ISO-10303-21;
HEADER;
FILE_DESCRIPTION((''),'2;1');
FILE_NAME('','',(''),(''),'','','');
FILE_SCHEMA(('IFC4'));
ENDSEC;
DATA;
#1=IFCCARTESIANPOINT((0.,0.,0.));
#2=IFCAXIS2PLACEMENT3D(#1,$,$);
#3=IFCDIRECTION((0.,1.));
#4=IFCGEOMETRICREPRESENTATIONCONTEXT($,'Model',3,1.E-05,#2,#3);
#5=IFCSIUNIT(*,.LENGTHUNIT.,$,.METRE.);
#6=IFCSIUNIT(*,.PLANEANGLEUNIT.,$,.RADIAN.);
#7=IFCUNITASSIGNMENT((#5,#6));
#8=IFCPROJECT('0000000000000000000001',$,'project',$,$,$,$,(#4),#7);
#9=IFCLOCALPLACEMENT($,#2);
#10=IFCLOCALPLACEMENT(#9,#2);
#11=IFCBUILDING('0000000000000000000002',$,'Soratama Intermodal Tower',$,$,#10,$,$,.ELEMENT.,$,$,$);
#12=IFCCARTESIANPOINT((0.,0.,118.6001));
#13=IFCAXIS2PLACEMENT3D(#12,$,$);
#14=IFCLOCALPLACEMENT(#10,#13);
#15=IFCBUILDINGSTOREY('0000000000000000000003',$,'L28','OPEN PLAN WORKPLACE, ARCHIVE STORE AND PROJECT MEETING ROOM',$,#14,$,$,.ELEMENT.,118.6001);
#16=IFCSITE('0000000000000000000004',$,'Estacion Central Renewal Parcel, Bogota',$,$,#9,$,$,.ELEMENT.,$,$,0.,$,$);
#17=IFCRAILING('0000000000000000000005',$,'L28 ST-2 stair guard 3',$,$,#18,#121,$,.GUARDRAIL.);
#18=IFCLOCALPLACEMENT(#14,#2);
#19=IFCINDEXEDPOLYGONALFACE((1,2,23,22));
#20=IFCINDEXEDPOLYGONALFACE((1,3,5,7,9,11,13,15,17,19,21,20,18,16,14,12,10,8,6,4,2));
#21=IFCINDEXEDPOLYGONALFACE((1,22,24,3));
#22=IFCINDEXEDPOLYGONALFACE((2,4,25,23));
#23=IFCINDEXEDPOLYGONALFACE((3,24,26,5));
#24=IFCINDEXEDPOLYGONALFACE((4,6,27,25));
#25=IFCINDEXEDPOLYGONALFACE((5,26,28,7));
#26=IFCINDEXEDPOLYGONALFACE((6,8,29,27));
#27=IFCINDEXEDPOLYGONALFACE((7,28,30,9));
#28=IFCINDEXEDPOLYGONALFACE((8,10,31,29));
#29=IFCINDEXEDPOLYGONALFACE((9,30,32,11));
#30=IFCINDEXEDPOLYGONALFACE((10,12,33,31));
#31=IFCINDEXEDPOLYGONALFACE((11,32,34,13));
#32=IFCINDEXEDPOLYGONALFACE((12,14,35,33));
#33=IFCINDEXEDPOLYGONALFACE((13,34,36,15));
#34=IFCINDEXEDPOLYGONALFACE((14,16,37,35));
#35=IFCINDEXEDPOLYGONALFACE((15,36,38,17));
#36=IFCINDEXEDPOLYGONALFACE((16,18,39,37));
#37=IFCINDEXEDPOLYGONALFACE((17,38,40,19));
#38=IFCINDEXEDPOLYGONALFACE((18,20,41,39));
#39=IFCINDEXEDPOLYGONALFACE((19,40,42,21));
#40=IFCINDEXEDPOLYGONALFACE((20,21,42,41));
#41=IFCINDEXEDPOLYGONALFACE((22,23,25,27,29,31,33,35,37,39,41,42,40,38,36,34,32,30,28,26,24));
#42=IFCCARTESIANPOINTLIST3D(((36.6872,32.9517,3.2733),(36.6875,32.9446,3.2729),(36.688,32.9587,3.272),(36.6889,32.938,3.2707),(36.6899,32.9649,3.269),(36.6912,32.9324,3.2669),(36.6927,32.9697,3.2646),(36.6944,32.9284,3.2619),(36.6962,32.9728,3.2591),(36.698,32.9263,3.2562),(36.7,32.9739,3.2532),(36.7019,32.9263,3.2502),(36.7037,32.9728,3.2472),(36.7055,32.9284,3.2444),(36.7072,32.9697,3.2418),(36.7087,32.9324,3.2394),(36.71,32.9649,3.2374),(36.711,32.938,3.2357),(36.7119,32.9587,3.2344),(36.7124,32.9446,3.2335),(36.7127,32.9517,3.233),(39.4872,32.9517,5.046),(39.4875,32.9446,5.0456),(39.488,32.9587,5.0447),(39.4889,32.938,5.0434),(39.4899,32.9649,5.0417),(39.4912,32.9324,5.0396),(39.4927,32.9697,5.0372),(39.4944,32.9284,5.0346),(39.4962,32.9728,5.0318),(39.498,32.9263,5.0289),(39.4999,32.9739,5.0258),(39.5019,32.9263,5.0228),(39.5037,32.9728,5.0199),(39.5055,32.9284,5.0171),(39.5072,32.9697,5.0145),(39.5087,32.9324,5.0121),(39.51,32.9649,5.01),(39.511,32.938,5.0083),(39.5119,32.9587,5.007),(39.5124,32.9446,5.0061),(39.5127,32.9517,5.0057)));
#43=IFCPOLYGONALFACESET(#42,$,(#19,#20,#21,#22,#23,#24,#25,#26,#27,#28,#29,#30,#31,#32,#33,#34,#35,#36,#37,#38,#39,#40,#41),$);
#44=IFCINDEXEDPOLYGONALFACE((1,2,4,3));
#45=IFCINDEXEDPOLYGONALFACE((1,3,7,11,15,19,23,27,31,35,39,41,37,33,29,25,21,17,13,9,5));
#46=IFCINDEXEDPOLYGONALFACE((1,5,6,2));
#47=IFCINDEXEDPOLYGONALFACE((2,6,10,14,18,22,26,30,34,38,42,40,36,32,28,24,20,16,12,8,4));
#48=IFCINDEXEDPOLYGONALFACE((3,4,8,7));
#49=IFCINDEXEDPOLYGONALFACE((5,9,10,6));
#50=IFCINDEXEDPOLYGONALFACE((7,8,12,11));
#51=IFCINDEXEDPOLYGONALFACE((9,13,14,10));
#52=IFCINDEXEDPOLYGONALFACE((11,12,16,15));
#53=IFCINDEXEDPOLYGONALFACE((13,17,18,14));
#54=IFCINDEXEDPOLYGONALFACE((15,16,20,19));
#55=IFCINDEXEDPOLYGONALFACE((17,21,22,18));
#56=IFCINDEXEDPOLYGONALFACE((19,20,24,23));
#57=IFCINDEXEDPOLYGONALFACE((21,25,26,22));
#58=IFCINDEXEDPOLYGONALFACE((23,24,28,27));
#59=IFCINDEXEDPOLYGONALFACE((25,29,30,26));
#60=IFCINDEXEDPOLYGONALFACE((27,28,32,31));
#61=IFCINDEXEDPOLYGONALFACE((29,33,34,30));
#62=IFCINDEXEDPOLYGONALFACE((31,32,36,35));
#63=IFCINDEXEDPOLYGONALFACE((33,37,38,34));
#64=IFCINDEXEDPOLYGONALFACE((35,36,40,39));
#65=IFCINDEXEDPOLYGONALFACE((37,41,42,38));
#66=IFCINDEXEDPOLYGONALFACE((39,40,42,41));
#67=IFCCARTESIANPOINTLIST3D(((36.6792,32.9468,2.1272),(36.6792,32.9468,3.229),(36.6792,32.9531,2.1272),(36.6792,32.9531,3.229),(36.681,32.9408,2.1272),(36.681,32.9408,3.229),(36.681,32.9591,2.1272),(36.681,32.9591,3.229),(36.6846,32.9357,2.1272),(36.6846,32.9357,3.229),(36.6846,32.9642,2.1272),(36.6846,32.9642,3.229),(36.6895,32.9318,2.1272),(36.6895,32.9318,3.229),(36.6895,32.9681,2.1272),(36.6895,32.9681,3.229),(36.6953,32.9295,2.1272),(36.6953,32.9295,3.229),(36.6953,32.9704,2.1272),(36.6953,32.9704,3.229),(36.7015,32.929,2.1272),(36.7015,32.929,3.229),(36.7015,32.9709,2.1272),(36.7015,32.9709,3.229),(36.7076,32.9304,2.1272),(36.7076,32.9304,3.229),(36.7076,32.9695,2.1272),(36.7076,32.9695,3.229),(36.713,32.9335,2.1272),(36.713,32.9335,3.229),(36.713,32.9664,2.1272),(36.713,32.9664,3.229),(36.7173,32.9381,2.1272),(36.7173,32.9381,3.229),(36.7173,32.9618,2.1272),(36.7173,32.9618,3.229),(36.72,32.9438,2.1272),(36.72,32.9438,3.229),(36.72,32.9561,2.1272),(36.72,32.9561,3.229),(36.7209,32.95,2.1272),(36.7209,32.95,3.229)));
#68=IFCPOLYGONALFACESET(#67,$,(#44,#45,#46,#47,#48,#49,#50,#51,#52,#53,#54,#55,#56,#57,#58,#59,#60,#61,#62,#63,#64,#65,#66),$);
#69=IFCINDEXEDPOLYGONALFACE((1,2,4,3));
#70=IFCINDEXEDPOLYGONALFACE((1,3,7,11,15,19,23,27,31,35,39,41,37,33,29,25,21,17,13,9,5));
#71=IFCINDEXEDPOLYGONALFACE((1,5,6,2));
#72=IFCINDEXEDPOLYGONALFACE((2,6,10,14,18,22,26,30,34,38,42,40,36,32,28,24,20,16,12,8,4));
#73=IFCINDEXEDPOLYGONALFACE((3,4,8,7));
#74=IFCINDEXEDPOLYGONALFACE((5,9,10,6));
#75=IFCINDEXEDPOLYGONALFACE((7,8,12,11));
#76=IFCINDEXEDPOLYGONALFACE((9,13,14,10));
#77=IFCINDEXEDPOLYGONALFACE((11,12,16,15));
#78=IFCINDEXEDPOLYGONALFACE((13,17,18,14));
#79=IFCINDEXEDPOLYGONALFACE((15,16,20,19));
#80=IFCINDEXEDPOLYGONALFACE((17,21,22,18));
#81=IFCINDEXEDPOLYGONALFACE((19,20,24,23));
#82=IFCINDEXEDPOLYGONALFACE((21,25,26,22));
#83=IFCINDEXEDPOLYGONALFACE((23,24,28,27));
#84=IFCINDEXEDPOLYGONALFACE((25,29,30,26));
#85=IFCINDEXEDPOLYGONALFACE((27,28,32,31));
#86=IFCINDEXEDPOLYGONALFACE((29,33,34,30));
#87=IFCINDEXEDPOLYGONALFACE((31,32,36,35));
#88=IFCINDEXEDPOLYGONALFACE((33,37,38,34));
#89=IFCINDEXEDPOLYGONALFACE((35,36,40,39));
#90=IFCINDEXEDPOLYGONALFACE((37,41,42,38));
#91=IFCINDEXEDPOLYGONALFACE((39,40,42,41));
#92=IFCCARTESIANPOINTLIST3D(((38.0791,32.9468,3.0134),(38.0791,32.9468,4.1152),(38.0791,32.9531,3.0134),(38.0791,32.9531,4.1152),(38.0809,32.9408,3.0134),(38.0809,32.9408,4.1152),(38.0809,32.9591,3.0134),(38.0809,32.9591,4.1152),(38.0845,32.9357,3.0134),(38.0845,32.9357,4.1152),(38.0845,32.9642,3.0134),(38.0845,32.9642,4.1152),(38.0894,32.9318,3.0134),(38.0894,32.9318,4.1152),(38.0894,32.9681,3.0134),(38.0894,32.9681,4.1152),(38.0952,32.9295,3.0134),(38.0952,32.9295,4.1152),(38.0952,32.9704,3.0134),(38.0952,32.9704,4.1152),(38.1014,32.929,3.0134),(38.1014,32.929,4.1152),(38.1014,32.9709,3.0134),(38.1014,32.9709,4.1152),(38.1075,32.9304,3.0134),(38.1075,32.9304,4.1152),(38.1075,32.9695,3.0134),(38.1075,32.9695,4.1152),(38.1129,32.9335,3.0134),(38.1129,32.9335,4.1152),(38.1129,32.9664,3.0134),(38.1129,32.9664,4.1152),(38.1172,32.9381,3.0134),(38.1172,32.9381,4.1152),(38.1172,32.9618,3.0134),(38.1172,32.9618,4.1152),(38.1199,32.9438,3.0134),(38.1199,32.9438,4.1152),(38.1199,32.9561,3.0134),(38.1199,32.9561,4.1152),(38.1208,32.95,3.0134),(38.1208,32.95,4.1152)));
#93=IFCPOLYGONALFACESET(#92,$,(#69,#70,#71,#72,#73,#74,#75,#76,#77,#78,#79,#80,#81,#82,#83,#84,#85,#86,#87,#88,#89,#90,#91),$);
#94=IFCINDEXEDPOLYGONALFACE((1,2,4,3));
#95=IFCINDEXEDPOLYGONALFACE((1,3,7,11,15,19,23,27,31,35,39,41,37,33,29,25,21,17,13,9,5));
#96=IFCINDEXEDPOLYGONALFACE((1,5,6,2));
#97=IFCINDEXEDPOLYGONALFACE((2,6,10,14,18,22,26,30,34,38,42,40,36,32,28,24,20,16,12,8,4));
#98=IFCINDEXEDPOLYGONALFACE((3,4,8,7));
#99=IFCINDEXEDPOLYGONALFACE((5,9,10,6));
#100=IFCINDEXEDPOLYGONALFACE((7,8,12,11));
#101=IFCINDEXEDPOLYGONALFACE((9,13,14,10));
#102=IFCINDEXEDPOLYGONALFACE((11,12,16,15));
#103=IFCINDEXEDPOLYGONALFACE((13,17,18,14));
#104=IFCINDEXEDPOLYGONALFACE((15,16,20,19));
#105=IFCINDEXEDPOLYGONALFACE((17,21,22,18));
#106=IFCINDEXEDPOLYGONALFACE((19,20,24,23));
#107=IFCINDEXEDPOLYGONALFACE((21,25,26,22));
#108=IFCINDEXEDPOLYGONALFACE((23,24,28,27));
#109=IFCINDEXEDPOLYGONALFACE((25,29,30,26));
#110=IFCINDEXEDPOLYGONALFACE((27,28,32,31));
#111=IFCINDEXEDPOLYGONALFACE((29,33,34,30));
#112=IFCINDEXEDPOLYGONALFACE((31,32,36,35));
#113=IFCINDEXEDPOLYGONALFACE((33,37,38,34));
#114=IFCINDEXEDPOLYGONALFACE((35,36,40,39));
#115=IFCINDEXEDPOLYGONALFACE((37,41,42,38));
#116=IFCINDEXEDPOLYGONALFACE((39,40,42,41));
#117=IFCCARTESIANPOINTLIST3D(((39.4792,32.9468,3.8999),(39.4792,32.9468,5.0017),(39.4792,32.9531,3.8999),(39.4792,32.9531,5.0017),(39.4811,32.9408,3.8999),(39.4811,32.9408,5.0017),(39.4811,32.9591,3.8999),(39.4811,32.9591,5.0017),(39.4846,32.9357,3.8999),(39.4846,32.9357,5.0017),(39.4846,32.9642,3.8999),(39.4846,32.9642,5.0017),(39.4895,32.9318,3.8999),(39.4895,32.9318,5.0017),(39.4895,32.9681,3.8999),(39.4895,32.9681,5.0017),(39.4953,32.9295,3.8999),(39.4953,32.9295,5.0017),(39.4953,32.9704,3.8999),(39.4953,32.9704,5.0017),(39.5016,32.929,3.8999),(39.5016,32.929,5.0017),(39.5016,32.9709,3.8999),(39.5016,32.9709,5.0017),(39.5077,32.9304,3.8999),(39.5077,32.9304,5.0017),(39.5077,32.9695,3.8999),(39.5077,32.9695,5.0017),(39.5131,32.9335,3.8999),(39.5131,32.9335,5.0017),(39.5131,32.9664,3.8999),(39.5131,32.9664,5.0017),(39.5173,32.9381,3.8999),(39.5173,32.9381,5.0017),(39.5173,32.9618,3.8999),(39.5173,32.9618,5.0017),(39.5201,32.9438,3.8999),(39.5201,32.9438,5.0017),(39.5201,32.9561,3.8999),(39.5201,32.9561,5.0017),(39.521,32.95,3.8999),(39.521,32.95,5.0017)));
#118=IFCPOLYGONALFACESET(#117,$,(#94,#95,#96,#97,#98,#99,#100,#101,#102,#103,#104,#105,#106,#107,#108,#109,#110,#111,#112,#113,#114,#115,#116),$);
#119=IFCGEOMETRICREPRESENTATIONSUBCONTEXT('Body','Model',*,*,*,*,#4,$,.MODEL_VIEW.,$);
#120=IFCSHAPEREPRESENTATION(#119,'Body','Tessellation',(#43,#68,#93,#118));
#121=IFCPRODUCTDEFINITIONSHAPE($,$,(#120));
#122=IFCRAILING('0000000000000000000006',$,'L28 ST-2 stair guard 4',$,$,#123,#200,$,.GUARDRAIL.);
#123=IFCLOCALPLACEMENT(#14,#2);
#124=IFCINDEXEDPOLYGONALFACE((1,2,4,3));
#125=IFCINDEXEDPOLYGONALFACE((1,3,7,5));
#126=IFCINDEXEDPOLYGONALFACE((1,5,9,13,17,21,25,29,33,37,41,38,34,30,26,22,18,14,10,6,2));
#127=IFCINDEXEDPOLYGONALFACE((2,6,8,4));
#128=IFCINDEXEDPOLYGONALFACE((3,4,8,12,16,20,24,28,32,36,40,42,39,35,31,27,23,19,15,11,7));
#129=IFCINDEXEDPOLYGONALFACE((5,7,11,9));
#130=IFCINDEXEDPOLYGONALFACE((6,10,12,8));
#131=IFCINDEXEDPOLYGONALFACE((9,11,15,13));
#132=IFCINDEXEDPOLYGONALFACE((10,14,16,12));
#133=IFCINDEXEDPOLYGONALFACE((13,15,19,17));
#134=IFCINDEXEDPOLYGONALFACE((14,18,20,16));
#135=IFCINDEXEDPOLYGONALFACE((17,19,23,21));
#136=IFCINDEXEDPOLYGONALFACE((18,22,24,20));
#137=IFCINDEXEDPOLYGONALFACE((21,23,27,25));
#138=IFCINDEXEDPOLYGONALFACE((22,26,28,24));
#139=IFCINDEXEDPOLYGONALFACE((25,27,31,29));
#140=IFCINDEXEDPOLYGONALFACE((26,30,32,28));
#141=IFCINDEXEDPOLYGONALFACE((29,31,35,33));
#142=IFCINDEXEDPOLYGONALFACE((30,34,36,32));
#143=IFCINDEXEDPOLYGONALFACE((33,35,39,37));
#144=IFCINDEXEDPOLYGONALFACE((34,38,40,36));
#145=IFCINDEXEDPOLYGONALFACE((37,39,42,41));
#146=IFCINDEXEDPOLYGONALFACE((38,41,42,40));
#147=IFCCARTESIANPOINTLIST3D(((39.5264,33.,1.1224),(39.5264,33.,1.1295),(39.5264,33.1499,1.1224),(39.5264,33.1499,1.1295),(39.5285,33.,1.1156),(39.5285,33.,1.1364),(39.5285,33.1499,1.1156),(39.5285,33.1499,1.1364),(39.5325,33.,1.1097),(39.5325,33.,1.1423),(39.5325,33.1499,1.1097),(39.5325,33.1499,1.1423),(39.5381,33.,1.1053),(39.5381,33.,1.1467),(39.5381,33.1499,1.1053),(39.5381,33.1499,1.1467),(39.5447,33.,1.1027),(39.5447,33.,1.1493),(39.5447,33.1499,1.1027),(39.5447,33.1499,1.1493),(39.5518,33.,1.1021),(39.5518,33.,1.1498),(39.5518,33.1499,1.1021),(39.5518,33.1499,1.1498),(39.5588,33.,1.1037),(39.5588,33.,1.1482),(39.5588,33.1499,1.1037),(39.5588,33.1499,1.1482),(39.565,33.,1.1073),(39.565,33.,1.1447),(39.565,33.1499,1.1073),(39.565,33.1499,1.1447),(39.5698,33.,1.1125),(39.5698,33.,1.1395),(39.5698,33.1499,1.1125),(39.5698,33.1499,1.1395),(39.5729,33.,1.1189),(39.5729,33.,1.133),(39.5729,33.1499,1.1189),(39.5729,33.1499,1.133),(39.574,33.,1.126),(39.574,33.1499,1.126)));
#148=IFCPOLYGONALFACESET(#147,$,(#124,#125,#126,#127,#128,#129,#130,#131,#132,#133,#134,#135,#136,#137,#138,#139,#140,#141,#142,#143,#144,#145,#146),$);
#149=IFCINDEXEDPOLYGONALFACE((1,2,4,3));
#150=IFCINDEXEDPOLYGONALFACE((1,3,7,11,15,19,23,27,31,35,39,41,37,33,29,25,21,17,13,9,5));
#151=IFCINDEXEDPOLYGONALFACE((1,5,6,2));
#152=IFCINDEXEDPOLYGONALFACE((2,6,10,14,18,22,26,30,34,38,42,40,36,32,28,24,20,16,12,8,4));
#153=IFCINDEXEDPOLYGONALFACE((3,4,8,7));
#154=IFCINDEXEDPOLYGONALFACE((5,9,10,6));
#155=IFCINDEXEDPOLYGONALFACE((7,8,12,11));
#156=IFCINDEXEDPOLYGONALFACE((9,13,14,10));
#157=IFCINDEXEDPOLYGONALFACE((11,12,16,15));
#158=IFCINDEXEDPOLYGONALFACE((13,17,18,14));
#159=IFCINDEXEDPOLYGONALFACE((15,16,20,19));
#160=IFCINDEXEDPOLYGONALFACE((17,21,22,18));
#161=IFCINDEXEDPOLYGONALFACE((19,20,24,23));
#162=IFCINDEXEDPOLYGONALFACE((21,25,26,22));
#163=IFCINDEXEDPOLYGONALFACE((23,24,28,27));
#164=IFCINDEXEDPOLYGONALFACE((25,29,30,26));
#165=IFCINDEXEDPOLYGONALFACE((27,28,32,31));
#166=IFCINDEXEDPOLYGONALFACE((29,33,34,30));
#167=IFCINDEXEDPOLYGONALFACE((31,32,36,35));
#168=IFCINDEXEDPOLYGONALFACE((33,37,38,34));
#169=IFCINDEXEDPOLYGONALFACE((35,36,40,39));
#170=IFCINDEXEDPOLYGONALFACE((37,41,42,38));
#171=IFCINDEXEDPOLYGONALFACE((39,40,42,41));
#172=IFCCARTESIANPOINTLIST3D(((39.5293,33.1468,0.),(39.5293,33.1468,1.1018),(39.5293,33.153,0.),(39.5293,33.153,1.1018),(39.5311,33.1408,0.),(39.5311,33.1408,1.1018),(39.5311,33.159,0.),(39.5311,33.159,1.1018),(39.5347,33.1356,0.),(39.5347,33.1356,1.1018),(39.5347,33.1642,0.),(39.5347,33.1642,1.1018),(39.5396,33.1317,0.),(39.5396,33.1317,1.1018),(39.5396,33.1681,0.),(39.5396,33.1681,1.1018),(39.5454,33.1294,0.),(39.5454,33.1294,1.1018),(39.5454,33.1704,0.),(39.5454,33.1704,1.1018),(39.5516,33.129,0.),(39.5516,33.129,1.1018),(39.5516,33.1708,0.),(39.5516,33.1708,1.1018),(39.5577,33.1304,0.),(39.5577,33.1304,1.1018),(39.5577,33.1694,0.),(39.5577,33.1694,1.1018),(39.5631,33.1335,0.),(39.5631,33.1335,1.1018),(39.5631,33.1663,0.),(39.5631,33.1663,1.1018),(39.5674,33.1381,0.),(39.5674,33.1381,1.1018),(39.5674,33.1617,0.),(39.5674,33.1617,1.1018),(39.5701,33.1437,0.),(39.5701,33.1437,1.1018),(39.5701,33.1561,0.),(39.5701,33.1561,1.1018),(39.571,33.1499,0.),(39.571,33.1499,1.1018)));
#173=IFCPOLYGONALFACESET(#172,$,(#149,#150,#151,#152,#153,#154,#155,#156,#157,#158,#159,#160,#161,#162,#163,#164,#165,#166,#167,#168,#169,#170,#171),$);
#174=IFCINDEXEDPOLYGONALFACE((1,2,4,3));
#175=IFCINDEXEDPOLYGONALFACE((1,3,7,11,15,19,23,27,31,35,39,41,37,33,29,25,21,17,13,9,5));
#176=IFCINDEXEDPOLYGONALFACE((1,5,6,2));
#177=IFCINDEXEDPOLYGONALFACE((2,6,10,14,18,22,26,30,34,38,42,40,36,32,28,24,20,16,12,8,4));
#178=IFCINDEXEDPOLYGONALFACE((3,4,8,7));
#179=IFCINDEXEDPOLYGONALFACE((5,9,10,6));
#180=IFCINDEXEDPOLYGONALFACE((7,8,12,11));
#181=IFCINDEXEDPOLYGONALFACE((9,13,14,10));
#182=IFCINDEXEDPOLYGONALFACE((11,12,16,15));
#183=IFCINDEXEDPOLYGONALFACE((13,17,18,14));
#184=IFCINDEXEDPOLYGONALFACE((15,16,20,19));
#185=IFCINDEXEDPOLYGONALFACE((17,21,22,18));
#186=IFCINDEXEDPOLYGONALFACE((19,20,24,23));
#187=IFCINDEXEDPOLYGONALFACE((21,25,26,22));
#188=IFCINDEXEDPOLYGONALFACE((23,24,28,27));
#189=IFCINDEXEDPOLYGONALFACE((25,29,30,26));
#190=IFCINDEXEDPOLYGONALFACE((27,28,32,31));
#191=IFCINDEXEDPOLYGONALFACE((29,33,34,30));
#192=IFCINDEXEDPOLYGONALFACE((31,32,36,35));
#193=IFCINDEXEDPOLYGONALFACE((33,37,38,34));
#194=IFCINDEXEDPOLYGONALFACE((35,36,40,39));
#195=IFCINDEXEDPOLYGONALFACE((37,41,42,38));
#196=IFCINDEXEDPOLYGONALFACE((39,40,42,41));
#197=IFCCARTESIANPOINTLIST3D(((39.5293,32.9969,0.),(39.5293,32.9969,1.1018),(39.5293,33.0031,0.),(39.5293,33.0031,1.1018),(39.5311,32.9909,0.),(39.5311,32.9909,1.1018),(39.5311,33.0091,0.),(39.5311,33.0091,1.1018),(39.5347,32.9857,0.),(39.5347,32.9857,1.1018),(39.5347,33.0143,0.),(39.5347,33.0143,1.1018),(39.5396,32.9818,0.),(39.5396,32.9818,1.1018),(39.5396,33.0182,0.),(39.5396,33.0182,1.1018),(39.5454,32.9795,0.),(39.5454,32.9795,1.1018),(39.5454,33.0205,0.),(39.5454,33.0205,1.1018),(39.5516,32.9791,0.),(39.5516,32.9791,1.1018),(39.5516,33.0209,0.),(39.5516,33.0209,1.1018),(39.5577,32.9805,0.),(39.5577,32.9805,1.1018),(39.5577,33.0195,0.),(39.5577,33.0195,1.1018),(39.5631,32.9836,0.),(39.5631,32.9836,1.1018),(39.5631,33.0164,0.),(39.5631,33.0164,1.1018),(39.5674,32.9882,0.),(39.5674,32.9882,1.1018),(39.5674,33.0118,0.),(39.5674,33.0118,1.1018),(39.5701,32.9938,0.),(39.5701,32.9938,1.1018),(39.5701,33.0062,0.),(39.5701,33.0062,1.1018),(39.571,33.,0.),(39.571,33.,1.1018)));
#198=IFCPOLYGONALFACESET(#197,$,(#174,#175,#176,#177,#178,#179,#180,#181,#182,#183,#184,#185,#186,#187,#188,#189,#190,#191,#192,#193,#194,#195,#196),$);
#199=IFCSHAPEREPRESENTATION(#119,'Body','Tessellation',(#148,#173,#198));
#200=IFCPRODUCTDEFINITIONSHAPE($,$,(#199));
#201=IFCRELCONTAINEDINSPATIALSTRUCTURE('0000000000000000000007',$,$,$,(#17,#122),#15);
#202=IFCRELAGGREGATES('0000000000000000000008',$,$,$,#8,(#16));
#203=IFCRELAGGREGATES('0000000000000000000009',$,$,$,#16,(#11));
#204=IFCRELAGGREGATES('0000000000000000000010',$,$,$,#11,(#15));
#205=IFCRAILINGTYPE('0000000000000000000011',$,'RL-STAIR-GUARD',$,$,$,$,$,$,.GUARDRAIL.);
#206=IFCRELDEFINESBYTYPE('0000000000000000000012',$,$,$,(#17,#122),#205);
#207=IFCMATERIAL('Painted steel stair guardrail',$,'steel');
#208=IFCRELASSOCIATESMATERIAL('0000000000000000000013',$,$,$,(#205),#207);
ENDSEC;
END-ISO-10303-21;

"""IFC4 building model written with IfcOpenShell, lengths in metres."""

from ifc_helpers import new_model, si_unit, direction, frame, origin, origin_2d, place, context, subcontext, project, spatial, circle, extrude, material, type_object, element, save


model = new_model("IFC4")

# Units and contexts
model_context = context("Model", 3, precision=1e-05, world=origin(), true_north=direction((0.0, 1.0)))
body_context = subcontext(model_context, "Body", "Model", "MODEL_VIEW")
ifc_project = project(units=[si_unit("LENGTHUNIT", "METRE"), si_unit("PLANEANGLEUNIT", "RADIAN")], contexts=[model_context])

# Site, building, storey
site_placement = place(None, origin())
site = spatial("IfcSite", under=ifc_project, at=site_placement, Name="Estacion Central Renewal Parcel, Bogota", CompositionType="ELEMENT", RefElevation=0.0)
building_placement = place(site_placement, origin())
building = spatial("IfcBuilding", under=site, at=building_placement, Name="Soratama Intermodal Tower", CompositionType="ELEMENT")
storey_placement = place(building_placement, frame((0.0, 0.0, 118.6001)))
storey = spatial("IfcBuildingStorey", under=building, at=storey_placement, Name="L28", Description="OPEN PLAN WORKPLACE, ARCHIVE STORE AND PROJECT MEETING ROOM", CompositionType="ELEMENT", Elevation=118.6001)

# Railings
ifc_material_1 = material(Name="Painted steel stair guardrail", Category="steel")
railing_type_1 = type_object("IfcRailingType", Name="RL-STAIR-GUARD", PredefinedType="GUARDRAIL", material=ifc_material_1)
railing_1_placement = place(storey_placement, frame((36.7, 32.95, 2.1272)))
element("IfcRailing", 1, at=railing_1_placement, inside=storey, type_object=railing_type_1, Name="L28 ST-2 stair guard 3", PredefinedType="GUARDRAIL", context=body_context, shape_type="SweptSolid", body=[
    extrude(circle(Radius=0.0239, at=origin_2d()), frame((0.0, 0.0, 1.126), z_axis=(0.844909, 0.0, 0.53491), x_axis=(0.0, 1.0, 0.0)), (0.0, 0.0, 1.0), 3.314),
    extrude(circle(Radius=0.021, at=origin_2d()), origin(), (0.0, 0.0, 1.0), 1.1018),
    extrude(circle(Radius=0.021, at=origin_2d()), frame((1.3999, 0.0, 0.8862)), (0.0, 0.0, 1.0), 1.1018),
    extrude(circle(Radius=0.021, at=origin_2d()), frame((2.8, 0.0, 1.7727)), (0.0, 0.0, 1.0), 1.1018),
])
railing_2_placement = place(storey_placement, frame((39.55, 33.1499, 0.0)))
element("IfcRailing", 2, at=railing_2_placement, inside=storey, type_object=railing_type_1, Name="L28 ST-2 stair guard 4", PredefinedType="GUARDRAIL", context=body_context, shape_type="SweptSolid", body=[
    extrude(circle(Radius=0.0239, at=origin_2d()), frame((0.0, 0.0, 1.126), z_axis=(0.0, -1.0, 0.0), x_axis=(1.0, 0.0, 0.0)), (0.0, 0.0, 1.0), 0.1499),
    extrude(circle(Radius=0.021, at=origin_2d()), origin(), (0.0, 0.0, 1.0), 1.1018),
    extrude(circle(Radius=0.021, at=origin_2d()), frame((0.0, -0.1499, 0.0)), (0.0, 0.0, 1.0), 1.1018),
])

save(model, "model.ifc")
